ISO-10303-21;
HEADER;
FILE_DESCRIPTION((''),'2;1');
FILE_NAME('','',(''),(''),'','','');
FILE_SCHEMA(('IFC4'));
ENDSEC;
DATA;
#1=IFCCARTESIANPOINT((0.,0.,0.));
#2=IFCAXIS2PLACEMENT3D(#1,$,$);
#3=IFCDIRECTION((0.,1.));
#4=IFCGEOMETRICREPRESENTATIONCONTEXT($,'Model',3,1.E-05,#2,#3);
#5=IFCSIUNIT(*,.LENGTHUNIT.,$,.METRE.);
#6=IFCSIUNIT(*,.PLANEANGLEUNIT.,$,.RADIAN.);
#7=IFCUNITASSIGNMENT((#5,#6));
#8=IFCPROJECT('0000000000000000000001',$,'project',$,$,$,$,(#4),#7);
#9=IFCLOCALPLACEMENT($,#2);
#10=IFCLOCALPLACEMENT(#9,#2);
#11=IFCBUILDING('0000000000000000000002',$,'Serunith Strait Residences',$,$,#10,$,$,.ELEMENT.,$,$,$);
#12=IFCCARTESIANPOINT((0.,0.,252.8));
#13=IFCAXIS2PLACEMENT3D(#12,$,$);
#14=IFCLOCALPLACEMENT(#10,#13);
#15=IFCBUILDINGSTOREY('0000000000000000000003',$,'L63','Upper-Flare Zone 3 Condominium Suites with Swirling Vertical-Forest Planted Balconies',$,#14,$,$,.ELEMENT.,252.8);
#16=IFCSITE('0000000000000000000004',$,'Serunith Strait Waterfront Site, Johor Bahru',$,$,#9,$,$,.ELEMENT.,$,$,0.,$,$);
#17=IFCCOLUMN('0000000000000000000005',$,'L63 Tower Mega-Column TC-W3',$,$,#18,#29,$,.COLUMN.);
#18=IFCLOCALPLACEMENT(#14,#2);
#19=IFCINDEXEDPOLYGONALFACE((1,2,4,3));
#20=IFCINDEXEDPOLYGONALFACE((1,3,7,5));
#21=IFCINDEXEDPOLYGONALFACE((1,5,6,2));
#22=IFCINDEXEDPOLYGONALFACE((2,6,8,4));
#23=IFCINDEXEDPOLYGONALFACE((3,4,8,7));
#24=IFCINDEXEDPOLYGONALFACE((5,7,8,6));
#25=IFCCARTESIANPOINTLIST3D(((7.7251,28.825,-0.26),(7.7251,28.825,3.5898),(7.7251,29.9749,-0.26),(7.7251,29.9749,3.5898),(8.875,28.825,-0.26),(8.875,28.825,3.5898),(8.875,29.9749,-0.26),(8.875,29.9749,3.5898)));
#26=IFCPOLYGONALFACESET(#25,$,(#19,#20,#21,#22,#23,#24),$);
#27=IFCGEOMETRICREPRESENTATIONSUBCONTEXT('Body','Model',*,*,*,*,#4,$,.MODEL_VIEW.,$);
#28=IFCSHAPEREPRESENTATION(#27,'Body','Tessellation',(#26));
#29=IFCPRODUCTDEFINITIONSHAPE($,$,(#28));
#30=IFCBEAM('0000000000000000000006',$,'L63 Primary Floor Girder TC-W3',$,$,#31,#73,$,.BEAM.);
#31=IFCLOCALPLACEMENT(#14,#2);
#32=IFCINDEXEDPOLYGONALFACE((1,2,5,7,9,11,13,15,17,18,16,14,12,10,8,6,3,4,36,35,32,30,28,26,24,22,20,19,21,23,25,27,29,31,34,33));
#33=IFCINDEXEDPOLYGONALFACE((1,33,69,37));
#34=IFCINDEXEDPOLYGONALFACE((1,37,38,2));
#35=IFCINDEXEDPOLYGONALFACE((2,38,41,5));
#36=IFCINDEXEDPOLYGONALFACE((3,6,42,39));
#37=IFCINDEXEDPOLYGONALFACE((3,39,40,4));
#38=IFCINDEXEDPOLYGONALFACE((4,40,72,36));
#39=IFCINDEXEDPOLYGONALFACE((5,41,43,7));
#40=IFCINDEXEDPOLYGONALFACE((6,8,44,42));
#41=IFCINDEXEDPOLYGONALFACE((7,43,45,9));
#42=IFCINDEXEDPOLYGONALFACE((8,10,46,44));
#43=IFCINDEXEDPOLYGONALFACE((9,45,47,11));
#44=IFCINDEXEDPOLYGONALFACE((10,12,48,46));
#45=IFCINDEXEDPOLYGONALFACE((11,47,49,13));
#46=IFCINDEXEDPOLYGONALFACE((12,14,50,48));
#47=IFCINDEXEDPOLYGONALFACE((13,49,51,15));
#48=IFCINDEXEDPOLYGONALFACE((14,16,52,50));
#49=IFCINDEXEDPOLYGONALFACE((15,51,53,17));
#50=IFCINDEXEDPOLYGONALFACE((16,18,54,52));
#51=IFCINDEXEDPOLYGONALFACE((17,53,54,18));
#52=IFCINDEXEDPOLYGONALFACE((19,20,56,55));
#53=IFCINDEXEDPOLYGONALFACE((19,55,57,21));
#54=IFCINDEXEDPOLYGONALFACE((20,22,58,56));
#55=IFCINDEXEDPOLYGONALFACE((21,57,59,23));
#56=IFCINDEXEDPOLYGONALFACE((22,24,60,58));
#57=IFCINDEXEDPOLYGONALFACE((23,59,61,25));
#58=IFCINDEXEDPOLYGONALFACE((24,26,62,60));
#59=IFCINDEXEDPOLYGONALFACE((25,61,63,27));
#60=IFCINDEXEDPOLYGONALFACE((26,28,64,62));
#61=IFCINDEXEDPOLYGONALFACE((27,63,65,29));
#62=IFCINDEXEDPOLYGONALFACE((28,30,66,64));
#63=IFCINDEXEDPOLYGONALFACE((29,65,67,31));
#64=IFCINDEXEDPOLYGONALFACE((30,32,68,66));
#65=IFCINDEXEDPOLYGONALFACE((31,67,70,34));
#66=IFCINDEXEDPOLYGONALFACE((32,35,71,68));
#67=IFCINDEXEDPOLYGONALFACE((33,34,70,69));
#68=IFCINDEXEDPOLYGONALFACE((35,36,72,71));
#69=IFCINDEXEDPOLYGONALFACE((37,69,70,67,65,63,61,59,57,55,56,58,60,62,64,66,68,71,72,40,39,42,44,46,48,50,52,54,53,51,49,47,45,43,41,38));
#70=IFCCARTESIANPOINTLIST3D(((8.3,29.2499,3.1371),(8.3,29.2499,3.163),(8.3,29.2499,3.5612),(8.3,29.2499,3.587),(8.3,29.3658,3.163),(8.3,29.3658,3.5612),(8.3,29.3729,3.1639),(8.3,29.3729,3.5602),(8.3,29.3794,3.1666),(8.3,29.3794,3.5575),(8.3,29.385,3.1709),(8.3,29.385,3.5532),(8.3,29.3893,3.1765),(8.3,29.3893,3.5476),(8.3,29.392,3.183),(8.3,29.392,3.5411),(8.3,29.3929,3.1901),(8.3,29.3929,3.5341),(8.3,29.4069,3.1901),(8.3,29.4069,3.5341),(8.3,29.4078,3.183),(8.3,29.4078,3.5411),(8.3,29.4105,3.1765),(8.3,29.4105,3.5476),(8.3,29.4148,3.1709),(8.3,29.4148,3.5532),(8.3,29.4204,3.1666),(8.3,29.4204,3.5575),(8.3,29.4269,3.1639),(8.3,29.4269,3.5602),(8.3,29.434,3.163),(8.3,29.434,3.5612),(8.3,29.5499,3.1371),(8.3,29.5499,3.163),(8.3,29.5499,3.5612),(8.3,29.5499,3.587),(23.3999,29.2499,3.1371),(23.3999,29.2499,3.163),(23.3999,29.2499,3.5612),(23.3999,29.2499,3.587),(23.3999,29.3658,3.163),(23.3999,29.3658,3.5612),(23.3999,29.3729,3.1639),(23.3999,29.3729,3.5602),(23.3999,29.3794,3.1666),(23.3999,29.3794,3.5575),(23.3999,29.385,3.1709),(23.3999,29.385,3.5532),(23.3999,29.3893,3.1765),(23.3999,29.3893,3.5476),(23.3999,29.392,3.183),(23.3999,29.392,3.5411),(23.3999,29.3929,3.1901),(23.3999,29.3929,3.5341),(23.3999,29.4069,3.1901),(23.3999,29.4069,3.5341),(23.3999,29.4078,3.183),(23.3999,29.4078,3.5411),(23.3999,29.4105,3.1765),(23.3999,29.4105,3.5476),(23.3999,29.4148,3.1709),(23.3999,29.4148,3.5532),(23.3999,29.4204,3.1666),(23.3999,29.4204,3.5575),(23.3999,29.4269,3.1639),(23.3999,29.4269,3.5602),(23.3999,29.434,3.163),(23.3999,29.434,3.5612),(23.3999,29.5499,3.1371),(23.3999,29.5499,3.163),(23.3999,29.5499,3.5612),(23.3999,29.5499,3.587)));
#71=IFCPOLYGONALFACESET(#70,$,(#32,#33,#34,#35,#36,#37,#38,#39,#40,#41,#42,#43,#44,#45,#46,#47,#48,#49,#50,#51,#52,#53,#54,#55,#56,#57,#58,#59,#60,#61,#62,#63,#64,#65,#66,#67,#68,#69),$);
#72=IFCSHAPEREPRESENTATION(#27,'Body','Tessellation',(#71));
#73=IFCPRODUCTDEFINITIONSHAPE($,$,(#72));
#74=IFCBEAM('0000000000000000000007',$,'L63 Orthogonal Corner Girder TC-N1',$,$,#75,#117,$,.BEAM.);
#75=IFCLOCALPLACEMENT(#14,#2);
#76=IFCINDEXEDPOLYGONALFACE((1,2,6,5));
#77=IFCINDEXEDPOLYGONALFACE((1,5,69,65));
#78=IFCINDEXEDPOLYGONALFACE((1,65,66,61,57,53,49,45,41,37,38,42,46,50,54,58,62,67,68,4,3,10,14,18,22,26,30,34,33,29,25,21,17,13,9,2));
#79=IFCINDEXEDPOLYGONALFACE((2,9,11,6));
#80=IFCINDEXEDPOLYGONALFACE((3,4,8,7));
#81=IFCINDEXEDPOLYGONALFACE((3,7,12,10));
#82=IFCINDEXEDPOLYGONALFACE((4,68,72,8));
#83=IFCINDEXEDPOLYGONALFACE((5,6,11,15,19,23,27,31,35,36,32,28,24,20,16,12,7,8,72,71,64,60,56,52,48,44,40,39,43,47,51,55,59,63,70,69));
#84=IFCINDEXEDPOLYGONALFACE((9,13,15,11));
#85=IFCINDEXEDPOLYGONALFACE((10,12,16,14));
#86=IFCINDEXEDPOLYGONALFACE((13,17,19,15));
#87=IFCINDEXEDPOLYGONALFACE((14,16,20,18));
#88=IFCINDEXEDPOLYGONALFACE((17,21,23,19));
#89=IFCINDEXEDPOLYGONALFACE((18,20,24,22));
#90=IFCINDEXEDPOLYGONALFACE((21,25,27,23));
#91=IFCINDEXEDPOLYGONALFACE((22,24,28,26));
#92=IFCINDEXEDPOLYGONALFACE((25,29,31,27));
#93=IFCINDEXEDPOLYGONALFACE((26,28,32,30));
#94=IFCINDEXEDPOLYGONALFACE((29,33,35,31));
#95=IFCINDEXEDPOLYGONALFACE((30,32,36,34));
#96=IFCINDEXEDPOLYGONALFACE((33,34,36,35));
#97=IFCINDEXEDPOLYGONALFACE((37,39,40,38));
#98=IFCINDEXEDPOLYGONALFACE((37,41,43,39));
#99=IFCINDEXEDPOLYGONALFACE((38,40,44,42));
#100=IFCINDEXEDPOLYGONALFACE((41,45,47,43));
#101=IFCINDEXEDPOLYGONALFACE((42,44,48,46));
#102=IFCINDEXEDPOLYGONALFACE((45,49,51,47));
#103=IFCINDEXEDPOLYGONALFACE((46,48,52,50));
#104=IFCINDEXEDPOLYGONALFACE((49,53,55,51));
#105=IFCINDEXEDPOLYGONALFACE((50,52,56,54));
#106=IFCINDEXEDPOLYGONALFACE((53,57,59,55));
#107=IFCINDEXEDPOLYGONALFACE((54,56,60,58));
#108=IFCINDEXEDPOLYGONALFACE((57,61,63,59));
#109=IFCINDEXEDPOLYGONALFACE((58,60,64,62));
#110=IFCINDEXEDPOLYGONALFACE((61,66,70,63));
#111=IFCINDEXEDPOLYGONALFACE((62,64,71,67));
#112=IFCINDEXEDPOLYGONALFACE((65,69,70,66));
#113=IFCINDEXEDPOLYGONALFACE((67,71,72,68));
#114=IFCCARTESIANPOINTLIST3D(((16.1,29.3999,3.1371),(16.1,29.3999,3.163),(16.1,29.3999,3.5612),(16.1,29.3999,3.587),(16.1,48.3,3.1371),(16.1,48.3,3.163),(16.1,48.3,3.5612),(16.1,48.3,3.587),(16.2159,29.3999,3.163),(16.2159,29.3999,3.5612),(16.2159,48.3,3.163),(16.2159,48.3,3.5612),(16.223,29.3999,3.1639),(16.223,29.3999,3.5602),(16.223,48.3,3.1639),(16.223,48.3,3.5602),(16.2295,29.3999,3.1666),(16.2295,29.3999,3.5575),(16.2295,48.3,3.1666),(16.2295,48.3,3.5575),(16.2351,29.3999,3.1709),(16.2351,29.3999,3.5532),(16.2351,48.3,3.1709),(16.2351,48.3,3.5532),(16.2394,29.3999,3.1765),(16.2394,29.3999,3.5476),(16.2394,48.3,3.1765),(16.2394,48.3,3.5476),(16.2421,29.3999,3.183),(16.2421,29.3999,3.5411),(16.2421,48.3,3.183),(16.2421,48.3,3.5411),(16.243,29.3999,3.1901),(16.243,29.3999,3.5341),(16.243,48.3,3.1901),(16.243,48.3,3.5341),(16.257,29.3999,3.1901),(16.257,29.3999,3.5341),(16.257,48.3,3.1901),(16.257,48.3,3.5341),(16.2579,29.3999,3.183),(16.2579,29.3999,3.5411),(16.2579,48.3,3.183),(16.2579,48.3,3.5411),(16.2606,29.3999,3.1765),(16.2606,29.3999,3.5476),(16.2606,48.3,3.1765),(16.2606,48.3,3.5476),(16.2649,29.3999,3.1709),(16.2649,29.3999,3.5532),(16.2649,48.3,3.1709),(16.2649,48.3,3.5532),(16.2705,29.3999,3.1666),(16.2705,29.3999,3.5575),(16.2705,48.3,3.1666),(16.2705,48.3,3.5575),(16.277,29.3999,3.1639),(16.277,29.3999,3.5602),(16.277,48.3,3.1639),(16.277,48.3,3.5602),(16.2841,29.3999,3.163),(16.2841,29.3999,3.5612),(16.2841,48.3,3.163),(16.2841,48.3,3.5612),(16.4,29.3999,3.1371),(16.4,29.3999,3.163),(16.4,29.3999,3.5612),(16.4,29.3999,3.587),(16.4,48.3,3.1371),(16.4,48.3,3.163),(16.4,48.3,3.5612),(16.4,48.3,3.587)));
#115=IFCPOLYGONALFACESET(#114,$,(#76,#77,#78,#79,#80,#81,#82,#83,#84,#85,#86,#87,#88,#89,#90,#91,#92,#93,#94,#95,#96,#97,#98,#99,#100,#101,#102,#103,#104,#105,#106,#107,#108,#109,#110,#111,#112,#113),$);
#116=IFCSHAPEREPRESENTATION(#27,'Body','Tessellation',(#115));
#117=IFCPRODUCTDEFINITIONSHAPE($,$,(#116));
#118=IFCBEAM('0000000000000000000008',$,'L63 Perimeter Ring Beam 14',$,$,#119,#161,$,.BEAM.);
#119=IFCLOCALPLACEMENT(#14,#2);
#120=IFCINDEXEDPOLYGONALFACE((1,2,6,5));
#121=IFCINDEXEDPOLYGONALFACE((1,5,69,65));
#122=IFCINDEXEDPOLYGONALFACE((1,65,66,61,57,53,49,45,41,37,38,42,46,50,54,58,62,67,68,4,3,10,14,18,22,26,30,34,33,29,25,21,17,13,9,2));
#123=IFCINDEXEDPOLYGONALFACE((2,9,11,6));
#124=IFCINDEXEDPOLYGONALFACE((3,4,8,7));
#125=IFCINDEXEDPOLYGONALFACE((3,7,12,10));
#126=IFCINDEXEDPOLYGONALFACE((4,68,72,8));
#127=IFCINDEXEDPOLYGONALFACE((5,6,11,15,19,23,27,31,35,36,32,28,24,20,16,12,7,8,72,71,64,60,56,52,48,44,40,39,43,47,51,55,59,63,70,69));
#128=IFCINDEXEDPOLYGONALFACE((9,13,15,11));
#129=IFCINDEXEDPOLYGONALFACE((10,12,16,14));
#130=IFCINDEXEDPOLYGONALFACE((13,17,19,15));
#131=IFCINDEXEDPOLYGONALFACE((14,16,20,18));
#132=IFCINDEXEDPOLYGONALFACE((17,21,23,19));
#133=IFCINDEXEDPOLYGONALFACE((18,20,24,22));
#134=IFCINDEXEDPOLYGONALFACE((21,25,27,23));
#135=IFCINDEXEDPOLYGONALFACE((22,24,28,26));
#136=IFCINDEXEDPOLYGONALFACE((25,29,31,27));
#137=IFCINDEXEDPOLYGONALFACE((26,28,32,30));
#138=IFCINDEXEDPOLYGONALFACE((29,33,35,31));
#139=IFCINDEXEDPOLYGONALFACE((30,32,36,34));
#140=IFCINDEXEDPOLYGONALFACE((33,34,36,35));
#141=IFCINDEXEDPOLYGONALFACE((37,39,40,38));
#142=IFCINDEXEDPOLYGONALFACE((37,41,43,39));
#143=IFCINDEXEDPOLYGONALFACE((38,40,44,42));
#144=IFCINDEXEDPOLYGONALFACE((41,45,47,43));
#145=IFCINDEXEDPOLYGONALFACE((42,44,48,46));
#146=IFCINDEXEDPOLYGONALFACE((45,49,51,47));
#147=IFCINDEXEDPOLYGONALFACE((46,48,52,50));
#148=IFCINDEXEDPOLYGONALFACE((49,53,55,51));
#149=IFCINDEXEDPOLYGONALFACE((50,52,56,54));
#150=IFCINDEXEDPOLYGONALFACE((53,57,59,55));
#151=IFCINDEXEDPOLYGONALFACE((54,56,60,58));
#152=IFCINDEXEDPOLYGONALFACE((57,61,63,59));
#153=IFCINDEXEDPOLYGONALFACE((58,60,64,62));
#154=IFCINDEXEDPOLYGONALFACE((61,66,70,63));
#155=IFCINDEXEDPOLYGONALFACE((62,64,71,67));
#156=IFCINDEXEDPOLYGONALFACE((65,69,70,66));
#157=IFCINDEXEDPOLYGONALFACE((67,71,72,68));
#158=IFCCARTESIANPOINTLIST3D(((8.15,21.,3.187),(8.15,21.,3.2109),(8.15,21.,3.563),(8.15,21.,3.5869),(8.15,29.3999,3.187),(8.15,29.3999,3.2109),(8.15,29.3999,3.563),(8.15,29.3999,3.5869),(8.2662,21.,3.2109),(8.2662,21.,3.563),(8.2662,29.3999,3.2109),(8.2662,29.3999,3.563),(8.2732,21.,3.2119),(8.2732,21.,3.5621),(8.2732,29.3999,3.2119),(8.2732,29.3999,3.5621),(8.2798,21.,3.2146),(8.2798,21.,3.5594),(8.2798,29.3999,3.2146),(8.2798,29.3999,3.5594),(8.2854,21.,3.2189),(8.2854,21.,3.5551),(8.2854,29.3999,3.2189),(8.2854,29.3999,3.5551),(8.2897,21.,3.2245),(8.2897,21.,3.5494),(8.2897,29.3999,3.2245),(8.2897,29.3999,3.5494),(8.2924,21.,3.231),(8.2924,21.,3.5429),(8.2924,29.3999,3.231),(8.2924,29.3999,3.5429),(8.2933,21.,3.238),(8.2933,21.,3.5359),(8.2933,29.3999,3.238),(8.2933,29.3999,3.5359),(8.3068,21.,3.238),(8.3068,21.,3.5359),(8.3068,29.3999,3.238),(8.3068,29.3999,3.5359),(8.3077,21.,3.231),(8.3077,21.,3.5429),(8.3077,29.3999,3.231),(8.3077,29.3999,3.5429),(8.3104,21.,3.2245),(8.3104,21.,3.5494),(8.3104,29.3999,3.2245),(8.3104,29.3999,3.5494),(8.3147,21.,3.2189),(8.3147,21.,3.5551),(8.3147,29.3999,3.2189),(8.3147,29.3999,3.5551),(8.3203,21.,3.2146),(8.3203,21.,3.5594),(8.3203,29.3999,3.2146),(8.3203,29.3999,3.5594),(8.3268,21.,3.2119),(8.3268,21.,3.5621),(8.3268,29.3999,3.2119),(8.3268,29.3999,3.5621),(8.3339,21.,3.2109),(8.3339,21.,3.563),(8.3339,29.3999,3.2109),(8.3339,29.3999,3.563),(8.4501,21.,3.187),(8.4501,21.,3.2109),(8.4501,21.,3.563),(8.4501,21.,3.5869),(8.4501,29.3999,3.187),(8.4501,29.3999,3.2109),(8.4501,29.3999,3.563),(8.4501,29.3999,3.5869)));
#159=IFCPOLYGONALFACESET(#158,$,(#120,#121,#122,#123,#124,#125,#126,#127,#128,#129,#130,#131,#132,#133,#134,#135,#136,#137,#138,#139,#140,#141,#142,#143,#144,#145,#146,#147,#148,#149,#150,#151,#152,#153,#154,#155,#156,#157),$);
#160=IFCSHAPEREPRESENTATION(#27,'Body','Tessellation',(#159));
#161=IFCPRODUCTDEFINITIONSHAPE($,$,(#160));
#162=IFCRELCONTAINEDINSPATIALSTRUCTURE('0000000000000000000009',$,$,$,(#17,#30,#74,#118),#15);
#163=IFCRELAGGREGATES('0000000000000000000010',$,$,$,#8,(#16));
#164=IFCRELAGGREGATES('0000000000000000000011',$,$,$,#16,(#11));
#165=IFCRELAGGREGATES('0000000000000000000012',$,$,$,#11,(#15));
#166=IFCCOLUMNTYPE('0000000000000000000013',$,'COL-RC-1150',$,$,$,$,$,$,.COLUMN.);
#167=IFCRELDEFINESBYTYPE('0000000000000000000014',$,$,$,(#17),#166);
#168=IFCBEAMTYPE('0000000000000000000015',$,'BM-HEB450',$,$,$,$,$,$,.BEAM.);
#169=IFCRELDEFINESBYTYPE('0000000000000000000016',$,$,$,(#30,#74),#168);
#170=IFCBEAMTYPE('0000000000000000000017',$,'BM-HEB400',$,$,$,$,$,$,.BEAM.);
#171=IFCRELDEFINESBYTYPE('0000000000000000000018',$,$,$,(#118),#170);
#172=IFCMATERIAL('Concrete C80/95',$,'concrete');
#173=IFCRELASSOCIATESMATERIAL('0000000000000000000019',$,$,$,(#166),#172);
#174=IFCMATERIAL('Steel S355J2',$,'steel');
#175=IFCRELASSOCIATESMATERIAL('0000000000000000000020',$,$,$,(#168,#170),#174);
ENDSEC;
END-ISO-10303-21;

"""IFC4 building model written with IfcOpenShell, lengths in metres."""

from ifc_helpers import new_model, si_unit, direction, frame, origin, origin_2d, place, context, subcontext, project, spatial, rectangle, i_section, extrude, source, transform, mapped, material, material_profile, profile_set, type_object, element, save


model = new_model("IFC4")

# Units and contexts
model_context = context("Model", 3, precision=1e-05, world=origin(), true_north=direction((0.0, 1.0)))
body_context = subcontext(model_context, "Body", "Model", "MODEL_VIEW")
ifc_project = project(units=[si_unit("LENGTHUNIT", "METRE"), si_unit("PLANEANGLEUNIT", "RADIAN")], contexts=[model_context])

# Site, building, storey
site_placement = place(None, origin())
site = spatial("IfcSite", under=ifc_project, at=site_placement, Name="Serunith Strait Waterfront Site, Johor Bahru", CompositionType="ELEMENT", RefElevation=0.0)
building_placement = place(site_placement, origin())
building = spatial("IfcBuilding", under=site, at=building_placement, Name="Serunith Strait Residences", CompositionType="ELEMENT")
storey_placement = place(building_placement, frame((0.0, 0.0, 252.8)))
storey = spatial("IfcBuildingStorey", under=building, at=storey_placement, Name="L63", Description="Upper-Flare Zone 3 Condominium Suites with Swirling Vertical-Forest Planted Balconies", CompositionType="ELEMENT", Elevation=252.8)

# Column
ifc_material_1 = material(Name="Concrete C80/95", Category="concrete")
ifc_material_profile_1 = material_profile(ifc_material_1, rectangle(XDim=1.1499, YDim=1.1499, at=origin_2d()), Name="RC 1150x1150")
ifc_profile_set_1 = profile_set([ifc_material_profile_1], Name="Concrete C80/95")
column_type = type_object("IfcColumnType", Name="COL-RC-1150", PredefinedType="COLUMN", material=ifc_profile_set_1)
shared_shape_1 = source(origin(), body_context, "Body", "SweptSolid", [
    extrude(rectangle(XDim=1.1499, YDim=1.1499, at=origin_2d()), origin(), (0.0, 0.0, 1.0), 3.8499),
])
column_placement = place(storey_placement, frame((8.3, 29.3999, -0.26), z_axis=(0.0, 0.0, 1.0), x_axis=(1.0, 0.0, 0.0)))
element("IfcColumn", 1, at=column_placement, inside=storey, type_object=column_type, Name="L63 Tower Mega-Column TC-W3", PredefinedType="COLUMN", context=body_context, shape_type="MappedRepresentation", body=[
    mapped(shared_shape_1, transform((0.0, 0.0, 0.0), scale=1.0)),
])

# Beams
ifc_material_2 = material(Name="Steel S355J2", Category="steel")
ifc_material_profile_2 = material_profile(ifc_material_2, i_section(OverallWidth=0.3, OverallDepth=0.45, WebThickness=0.0139, FlangeThickness=0.0259, FilletRadius=0.0271, at=origin_2d()), Name="HEB 450")
ifc_profile_set_2 = profile_set([ifc_material_profile_2], Name="Steel S355J2")
beam_type_1 = type_object("IfcBeamType", Name="BM-HEB450", PredefinedType="BEAM", material=ifc_profile_set_2)
shared_shape_2 = source(origin(), body_context, "Body", "SweptSolid", [
    extrude(i_section(OverallWidth=0.3, OverallDepth=0.45, WebThickness=0.0139, FlangeThickness=0.0259, FilletRadius=0.0271, at=origin_2d()), origin(), (0.0, 0.0, 1.0), 15.0999),
])
beam_1_placement = place(storey_placement, frame((23.3999, 29.3999, 3.3621), z_axis=(-1.0, 0.0, 0.0), x_axis=(0.0, -1.0, 0.0)))
element("IfcBeam", 2, at=beam_1_placement, inside=storey, type_object=beam_type_1, Name="L63 Primary Floor Girder TC-W3", PredefinedType="BEAM", context=body_context, shape_type="MappedRepresentation", body=[
    mapped(shared_shape_2, transform((0.0, 0.0, 0.0), scale=1.0)),
])
shared_shape_3 = source(origin(), body_context, "Body", "SweptSolid", [
    extrude(i_section(OverallWidth=0.3, OverallDepth=0.45, WebThickness=0.0139, FlangeThickness=0.0259, FilletRadius=0.0271, at=origin_2d()), origin(), (0.0, 0.0, 1.0), 18.9001),
])
beam_2_placement = place(storey_placement, frame((16.25, 29.3999, 3.3621), z_axis=(0.0, 1.0, 0.0), x_axis=(-1.0, 0.0, 0.0)))
element("IfcBeam", 3, at=beam_2_placement, inside=storey, type_object=beam_type_1, Name="L63 Orthogonal Corner Girder TC-N1", PredefinedType="BEAM", context=body_context, shape_type="MappedRepresentation", body=[
    mapped(shared_shape_3, transform((0.0, 0.0, 0.0), scale=1.0)),
])
ifc_material_profile_3 = material_profile(ifc_material_2, i_section(OverallWidth=0.3, OverallDepth=0.3999, WebThickness=0.0134, FlangeThickness=0.0239, FilletRadius=0.0271, at=origin_2d()), Name="HEB 400")
ifc_profile_set_3 = profile_set([ifc_material_profile_3], Name="Steel S355J2")
beam_type_2 = type_object("IfcBeamType", Name="BM-HEB400", PredefinedType="BEAM", material=ifc_profile_set_3)
shared_shape_4 = source(origin(), body_context, "Body", "SweptSolid", [
    extrude(i_section(OverallWidth=0.3, OverallDepth=0.3999, WebThickness=0.0134, FlangeThickness=0.0239, FilletRadius=0.0271, at=origin_2d()), origin(), (0.0, 0.0, 1.0), 8.3999),
])
beam_3_placement = place(storey_placement, frame((8.3, 29.3999, 3.387), z_axis=(0.0, -1.0, 0.0), x_axis=(1.0, 0.0, 0.0)))
element("IfcBeam", 4, at=beam_3_placement, inside=storey, type_object=beam_type_2, Name="L63 Perimeter Ring Beam 14", PredefinedType="BEAM", context=body_context, shape_type="MappedRepresentation", body=[
    mapped(shared_shape_4, transform((0.0, 0.0, 0.0), scale=1.0)),
])

save(model, "model.ifc")
